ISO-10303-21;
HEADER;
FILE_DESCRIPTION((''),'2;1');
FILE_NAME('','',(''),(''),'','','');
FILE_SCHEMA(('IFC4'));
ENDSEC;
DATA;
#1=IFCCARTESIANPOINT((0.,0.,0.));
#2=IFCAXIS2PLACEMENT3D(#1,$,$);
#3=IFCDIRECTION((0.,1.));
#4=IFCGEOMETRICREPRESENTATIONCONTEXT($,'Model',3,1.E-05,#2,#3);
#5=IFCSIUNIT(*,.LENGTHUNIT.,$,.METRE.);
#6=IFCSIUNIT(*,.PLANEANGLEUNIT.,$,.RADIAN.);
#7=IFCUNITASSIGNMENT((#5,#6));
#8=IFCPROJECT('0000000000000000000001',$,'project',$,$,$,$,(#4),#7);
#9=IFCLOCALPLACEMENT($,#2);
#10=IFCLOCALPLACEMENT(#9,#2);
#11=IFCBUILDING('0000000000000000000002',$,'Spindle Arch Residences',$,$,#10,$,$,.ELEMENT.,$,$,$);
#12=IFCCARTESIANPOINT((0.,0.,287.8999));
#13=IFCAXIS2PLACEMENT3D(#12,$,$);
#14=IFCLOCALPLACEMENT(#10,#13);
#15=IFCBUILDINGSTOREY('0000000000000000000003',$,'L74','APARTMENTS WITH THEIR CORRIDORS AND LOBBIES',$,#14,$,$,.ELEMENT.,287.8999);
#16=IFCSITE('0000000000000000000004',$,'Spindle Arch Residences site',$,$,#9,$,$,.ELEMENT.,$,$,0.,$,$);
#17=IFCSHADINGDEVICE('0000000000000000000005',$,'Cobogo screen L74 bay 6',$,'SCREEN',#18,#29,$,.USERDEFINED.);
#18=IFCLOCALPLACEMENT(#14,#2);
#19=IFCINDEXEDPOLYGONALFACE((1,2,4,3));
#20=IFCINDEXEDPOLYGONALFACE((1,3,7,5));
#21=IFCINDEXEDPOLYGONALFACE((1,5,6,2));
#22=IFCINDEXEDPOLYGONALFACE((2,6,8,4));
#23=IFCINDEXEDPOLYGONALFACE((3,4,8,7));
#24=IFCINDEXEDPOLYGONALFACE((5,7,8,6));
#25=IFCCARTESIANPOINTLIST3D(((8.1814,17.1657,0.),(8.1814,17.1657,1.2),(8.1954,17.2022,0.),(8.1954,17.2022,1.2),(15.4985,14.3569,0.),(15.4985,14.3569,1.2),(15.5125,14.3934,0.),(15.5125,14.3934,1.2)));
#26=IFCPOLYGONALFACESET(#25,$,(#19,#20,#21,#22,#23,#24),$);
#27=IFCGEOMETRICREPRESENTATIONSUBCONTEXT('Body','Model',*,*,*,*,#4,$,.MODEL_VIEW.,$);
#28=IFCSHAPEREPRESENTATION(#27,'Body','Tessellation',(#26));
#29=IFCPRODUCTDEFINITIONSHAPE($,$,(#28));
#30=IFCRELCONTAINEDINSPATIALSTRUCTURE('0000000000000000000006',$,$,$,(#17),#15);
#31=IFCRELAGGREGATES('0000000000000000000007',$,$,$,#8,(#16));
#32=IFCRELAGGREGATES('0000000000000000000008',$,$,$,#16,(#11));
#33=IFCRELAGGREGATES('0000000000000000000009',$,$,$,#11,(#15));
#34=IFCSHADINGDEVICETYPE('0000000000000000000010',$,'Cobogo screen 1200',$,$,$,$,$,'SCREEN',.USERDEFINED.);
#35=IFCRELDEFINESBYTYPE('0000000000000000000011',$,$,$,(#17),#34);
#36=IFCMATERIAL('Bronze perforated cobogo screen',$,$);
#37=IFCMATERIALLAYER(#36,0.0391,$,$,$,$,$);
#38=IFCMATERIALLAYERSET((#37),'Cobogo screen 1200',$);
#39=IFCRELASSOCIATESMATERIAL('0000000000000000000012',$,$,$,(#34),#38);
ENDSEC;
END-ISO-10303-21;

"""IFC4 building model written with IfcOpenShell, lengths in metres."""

from ifc_helpers import new_model, si_unit, direction, frame, origin, origin_2d, place, context, subcontext, project, spatial, rectangle, extrude, material, layer, layer_set, type_object, element, save


model = new_model("IFC4")

# Units and contexts
model_context = context("Model", 3, precision=1e-05, world=origin(), true_north=direction((0.0, 1.0)))
body_context = subcontext(model_context, "Body", "Model", "MODEL_VIEW")
ifc_project = project(units=[si_unit("LENGTHUNIT", "METRE"), si_unit("PLANEANGLEUNIT", "RADIAN")], contexts=[model_context])

# Site, building, storey
site_placement = place(None, origin())
site = spatial("IfcSite", under=ifc_project, at=site_placement, Name="Spindle Arch Residences site", CompositionType="ELEMENT", RefElevation=0.0)
building_placement = place(site_placement, origin())
building = spatial("IfcBuilding", under=site, at=building_placement, Name="Spindle Arch Residences", CompositionType="ELEMENT")
storey_placement = place(building_placement, frame((0.0, 0.0, 287.8999)))
storey = spatial("IfcBuildingStorey", under=building, at=storey_placement, Name="L74", Description="APARTMENTS WITH THEIR CORRIDORS AND LOBBIES", CompositionType="ELEMENT", Elevation=287.8999)

# Shading device
ifc_material_1 = material(Name="Bronze perforated cobogo screen")
ifc_layer_1 = layer(ifc_material_1, 0.0391)
ifc_layer_set_1 = layer_set([ifc_layer_1], Name="Cobogo screen 1200")
shading_device_type = type_object("IfcShadingDeviceType", Name="Cobogo screen 1200", ElementType="SCREEN", PredefinedType="USERDEFINED", material=ifc_layer_set_1)
shading_device_placement = place(storey_placement, frame((11.8469, 15.7795, 0.0), z_axis=(0.0, 0.0, 1.0), x_axis=(-0.93358, 0.358368, 0.0)))
element("IfcShadingDevice", 1, at=shading_device_placement, inside=storey, type_object=shading_device_type, Name="Cobogo screen L74 bay 6", ObjectType="SCREEN", PredefinedType="USERDEFINED", context=body_context, shape_type="SweptSolid", body=[
    extrude(rectangle(XDim=7.8376, YDim=0.0391, at=origin_2d()), origin(), (0.0, 0.0, 1.0), 1.2),
])

save(model, "model.ifc")
